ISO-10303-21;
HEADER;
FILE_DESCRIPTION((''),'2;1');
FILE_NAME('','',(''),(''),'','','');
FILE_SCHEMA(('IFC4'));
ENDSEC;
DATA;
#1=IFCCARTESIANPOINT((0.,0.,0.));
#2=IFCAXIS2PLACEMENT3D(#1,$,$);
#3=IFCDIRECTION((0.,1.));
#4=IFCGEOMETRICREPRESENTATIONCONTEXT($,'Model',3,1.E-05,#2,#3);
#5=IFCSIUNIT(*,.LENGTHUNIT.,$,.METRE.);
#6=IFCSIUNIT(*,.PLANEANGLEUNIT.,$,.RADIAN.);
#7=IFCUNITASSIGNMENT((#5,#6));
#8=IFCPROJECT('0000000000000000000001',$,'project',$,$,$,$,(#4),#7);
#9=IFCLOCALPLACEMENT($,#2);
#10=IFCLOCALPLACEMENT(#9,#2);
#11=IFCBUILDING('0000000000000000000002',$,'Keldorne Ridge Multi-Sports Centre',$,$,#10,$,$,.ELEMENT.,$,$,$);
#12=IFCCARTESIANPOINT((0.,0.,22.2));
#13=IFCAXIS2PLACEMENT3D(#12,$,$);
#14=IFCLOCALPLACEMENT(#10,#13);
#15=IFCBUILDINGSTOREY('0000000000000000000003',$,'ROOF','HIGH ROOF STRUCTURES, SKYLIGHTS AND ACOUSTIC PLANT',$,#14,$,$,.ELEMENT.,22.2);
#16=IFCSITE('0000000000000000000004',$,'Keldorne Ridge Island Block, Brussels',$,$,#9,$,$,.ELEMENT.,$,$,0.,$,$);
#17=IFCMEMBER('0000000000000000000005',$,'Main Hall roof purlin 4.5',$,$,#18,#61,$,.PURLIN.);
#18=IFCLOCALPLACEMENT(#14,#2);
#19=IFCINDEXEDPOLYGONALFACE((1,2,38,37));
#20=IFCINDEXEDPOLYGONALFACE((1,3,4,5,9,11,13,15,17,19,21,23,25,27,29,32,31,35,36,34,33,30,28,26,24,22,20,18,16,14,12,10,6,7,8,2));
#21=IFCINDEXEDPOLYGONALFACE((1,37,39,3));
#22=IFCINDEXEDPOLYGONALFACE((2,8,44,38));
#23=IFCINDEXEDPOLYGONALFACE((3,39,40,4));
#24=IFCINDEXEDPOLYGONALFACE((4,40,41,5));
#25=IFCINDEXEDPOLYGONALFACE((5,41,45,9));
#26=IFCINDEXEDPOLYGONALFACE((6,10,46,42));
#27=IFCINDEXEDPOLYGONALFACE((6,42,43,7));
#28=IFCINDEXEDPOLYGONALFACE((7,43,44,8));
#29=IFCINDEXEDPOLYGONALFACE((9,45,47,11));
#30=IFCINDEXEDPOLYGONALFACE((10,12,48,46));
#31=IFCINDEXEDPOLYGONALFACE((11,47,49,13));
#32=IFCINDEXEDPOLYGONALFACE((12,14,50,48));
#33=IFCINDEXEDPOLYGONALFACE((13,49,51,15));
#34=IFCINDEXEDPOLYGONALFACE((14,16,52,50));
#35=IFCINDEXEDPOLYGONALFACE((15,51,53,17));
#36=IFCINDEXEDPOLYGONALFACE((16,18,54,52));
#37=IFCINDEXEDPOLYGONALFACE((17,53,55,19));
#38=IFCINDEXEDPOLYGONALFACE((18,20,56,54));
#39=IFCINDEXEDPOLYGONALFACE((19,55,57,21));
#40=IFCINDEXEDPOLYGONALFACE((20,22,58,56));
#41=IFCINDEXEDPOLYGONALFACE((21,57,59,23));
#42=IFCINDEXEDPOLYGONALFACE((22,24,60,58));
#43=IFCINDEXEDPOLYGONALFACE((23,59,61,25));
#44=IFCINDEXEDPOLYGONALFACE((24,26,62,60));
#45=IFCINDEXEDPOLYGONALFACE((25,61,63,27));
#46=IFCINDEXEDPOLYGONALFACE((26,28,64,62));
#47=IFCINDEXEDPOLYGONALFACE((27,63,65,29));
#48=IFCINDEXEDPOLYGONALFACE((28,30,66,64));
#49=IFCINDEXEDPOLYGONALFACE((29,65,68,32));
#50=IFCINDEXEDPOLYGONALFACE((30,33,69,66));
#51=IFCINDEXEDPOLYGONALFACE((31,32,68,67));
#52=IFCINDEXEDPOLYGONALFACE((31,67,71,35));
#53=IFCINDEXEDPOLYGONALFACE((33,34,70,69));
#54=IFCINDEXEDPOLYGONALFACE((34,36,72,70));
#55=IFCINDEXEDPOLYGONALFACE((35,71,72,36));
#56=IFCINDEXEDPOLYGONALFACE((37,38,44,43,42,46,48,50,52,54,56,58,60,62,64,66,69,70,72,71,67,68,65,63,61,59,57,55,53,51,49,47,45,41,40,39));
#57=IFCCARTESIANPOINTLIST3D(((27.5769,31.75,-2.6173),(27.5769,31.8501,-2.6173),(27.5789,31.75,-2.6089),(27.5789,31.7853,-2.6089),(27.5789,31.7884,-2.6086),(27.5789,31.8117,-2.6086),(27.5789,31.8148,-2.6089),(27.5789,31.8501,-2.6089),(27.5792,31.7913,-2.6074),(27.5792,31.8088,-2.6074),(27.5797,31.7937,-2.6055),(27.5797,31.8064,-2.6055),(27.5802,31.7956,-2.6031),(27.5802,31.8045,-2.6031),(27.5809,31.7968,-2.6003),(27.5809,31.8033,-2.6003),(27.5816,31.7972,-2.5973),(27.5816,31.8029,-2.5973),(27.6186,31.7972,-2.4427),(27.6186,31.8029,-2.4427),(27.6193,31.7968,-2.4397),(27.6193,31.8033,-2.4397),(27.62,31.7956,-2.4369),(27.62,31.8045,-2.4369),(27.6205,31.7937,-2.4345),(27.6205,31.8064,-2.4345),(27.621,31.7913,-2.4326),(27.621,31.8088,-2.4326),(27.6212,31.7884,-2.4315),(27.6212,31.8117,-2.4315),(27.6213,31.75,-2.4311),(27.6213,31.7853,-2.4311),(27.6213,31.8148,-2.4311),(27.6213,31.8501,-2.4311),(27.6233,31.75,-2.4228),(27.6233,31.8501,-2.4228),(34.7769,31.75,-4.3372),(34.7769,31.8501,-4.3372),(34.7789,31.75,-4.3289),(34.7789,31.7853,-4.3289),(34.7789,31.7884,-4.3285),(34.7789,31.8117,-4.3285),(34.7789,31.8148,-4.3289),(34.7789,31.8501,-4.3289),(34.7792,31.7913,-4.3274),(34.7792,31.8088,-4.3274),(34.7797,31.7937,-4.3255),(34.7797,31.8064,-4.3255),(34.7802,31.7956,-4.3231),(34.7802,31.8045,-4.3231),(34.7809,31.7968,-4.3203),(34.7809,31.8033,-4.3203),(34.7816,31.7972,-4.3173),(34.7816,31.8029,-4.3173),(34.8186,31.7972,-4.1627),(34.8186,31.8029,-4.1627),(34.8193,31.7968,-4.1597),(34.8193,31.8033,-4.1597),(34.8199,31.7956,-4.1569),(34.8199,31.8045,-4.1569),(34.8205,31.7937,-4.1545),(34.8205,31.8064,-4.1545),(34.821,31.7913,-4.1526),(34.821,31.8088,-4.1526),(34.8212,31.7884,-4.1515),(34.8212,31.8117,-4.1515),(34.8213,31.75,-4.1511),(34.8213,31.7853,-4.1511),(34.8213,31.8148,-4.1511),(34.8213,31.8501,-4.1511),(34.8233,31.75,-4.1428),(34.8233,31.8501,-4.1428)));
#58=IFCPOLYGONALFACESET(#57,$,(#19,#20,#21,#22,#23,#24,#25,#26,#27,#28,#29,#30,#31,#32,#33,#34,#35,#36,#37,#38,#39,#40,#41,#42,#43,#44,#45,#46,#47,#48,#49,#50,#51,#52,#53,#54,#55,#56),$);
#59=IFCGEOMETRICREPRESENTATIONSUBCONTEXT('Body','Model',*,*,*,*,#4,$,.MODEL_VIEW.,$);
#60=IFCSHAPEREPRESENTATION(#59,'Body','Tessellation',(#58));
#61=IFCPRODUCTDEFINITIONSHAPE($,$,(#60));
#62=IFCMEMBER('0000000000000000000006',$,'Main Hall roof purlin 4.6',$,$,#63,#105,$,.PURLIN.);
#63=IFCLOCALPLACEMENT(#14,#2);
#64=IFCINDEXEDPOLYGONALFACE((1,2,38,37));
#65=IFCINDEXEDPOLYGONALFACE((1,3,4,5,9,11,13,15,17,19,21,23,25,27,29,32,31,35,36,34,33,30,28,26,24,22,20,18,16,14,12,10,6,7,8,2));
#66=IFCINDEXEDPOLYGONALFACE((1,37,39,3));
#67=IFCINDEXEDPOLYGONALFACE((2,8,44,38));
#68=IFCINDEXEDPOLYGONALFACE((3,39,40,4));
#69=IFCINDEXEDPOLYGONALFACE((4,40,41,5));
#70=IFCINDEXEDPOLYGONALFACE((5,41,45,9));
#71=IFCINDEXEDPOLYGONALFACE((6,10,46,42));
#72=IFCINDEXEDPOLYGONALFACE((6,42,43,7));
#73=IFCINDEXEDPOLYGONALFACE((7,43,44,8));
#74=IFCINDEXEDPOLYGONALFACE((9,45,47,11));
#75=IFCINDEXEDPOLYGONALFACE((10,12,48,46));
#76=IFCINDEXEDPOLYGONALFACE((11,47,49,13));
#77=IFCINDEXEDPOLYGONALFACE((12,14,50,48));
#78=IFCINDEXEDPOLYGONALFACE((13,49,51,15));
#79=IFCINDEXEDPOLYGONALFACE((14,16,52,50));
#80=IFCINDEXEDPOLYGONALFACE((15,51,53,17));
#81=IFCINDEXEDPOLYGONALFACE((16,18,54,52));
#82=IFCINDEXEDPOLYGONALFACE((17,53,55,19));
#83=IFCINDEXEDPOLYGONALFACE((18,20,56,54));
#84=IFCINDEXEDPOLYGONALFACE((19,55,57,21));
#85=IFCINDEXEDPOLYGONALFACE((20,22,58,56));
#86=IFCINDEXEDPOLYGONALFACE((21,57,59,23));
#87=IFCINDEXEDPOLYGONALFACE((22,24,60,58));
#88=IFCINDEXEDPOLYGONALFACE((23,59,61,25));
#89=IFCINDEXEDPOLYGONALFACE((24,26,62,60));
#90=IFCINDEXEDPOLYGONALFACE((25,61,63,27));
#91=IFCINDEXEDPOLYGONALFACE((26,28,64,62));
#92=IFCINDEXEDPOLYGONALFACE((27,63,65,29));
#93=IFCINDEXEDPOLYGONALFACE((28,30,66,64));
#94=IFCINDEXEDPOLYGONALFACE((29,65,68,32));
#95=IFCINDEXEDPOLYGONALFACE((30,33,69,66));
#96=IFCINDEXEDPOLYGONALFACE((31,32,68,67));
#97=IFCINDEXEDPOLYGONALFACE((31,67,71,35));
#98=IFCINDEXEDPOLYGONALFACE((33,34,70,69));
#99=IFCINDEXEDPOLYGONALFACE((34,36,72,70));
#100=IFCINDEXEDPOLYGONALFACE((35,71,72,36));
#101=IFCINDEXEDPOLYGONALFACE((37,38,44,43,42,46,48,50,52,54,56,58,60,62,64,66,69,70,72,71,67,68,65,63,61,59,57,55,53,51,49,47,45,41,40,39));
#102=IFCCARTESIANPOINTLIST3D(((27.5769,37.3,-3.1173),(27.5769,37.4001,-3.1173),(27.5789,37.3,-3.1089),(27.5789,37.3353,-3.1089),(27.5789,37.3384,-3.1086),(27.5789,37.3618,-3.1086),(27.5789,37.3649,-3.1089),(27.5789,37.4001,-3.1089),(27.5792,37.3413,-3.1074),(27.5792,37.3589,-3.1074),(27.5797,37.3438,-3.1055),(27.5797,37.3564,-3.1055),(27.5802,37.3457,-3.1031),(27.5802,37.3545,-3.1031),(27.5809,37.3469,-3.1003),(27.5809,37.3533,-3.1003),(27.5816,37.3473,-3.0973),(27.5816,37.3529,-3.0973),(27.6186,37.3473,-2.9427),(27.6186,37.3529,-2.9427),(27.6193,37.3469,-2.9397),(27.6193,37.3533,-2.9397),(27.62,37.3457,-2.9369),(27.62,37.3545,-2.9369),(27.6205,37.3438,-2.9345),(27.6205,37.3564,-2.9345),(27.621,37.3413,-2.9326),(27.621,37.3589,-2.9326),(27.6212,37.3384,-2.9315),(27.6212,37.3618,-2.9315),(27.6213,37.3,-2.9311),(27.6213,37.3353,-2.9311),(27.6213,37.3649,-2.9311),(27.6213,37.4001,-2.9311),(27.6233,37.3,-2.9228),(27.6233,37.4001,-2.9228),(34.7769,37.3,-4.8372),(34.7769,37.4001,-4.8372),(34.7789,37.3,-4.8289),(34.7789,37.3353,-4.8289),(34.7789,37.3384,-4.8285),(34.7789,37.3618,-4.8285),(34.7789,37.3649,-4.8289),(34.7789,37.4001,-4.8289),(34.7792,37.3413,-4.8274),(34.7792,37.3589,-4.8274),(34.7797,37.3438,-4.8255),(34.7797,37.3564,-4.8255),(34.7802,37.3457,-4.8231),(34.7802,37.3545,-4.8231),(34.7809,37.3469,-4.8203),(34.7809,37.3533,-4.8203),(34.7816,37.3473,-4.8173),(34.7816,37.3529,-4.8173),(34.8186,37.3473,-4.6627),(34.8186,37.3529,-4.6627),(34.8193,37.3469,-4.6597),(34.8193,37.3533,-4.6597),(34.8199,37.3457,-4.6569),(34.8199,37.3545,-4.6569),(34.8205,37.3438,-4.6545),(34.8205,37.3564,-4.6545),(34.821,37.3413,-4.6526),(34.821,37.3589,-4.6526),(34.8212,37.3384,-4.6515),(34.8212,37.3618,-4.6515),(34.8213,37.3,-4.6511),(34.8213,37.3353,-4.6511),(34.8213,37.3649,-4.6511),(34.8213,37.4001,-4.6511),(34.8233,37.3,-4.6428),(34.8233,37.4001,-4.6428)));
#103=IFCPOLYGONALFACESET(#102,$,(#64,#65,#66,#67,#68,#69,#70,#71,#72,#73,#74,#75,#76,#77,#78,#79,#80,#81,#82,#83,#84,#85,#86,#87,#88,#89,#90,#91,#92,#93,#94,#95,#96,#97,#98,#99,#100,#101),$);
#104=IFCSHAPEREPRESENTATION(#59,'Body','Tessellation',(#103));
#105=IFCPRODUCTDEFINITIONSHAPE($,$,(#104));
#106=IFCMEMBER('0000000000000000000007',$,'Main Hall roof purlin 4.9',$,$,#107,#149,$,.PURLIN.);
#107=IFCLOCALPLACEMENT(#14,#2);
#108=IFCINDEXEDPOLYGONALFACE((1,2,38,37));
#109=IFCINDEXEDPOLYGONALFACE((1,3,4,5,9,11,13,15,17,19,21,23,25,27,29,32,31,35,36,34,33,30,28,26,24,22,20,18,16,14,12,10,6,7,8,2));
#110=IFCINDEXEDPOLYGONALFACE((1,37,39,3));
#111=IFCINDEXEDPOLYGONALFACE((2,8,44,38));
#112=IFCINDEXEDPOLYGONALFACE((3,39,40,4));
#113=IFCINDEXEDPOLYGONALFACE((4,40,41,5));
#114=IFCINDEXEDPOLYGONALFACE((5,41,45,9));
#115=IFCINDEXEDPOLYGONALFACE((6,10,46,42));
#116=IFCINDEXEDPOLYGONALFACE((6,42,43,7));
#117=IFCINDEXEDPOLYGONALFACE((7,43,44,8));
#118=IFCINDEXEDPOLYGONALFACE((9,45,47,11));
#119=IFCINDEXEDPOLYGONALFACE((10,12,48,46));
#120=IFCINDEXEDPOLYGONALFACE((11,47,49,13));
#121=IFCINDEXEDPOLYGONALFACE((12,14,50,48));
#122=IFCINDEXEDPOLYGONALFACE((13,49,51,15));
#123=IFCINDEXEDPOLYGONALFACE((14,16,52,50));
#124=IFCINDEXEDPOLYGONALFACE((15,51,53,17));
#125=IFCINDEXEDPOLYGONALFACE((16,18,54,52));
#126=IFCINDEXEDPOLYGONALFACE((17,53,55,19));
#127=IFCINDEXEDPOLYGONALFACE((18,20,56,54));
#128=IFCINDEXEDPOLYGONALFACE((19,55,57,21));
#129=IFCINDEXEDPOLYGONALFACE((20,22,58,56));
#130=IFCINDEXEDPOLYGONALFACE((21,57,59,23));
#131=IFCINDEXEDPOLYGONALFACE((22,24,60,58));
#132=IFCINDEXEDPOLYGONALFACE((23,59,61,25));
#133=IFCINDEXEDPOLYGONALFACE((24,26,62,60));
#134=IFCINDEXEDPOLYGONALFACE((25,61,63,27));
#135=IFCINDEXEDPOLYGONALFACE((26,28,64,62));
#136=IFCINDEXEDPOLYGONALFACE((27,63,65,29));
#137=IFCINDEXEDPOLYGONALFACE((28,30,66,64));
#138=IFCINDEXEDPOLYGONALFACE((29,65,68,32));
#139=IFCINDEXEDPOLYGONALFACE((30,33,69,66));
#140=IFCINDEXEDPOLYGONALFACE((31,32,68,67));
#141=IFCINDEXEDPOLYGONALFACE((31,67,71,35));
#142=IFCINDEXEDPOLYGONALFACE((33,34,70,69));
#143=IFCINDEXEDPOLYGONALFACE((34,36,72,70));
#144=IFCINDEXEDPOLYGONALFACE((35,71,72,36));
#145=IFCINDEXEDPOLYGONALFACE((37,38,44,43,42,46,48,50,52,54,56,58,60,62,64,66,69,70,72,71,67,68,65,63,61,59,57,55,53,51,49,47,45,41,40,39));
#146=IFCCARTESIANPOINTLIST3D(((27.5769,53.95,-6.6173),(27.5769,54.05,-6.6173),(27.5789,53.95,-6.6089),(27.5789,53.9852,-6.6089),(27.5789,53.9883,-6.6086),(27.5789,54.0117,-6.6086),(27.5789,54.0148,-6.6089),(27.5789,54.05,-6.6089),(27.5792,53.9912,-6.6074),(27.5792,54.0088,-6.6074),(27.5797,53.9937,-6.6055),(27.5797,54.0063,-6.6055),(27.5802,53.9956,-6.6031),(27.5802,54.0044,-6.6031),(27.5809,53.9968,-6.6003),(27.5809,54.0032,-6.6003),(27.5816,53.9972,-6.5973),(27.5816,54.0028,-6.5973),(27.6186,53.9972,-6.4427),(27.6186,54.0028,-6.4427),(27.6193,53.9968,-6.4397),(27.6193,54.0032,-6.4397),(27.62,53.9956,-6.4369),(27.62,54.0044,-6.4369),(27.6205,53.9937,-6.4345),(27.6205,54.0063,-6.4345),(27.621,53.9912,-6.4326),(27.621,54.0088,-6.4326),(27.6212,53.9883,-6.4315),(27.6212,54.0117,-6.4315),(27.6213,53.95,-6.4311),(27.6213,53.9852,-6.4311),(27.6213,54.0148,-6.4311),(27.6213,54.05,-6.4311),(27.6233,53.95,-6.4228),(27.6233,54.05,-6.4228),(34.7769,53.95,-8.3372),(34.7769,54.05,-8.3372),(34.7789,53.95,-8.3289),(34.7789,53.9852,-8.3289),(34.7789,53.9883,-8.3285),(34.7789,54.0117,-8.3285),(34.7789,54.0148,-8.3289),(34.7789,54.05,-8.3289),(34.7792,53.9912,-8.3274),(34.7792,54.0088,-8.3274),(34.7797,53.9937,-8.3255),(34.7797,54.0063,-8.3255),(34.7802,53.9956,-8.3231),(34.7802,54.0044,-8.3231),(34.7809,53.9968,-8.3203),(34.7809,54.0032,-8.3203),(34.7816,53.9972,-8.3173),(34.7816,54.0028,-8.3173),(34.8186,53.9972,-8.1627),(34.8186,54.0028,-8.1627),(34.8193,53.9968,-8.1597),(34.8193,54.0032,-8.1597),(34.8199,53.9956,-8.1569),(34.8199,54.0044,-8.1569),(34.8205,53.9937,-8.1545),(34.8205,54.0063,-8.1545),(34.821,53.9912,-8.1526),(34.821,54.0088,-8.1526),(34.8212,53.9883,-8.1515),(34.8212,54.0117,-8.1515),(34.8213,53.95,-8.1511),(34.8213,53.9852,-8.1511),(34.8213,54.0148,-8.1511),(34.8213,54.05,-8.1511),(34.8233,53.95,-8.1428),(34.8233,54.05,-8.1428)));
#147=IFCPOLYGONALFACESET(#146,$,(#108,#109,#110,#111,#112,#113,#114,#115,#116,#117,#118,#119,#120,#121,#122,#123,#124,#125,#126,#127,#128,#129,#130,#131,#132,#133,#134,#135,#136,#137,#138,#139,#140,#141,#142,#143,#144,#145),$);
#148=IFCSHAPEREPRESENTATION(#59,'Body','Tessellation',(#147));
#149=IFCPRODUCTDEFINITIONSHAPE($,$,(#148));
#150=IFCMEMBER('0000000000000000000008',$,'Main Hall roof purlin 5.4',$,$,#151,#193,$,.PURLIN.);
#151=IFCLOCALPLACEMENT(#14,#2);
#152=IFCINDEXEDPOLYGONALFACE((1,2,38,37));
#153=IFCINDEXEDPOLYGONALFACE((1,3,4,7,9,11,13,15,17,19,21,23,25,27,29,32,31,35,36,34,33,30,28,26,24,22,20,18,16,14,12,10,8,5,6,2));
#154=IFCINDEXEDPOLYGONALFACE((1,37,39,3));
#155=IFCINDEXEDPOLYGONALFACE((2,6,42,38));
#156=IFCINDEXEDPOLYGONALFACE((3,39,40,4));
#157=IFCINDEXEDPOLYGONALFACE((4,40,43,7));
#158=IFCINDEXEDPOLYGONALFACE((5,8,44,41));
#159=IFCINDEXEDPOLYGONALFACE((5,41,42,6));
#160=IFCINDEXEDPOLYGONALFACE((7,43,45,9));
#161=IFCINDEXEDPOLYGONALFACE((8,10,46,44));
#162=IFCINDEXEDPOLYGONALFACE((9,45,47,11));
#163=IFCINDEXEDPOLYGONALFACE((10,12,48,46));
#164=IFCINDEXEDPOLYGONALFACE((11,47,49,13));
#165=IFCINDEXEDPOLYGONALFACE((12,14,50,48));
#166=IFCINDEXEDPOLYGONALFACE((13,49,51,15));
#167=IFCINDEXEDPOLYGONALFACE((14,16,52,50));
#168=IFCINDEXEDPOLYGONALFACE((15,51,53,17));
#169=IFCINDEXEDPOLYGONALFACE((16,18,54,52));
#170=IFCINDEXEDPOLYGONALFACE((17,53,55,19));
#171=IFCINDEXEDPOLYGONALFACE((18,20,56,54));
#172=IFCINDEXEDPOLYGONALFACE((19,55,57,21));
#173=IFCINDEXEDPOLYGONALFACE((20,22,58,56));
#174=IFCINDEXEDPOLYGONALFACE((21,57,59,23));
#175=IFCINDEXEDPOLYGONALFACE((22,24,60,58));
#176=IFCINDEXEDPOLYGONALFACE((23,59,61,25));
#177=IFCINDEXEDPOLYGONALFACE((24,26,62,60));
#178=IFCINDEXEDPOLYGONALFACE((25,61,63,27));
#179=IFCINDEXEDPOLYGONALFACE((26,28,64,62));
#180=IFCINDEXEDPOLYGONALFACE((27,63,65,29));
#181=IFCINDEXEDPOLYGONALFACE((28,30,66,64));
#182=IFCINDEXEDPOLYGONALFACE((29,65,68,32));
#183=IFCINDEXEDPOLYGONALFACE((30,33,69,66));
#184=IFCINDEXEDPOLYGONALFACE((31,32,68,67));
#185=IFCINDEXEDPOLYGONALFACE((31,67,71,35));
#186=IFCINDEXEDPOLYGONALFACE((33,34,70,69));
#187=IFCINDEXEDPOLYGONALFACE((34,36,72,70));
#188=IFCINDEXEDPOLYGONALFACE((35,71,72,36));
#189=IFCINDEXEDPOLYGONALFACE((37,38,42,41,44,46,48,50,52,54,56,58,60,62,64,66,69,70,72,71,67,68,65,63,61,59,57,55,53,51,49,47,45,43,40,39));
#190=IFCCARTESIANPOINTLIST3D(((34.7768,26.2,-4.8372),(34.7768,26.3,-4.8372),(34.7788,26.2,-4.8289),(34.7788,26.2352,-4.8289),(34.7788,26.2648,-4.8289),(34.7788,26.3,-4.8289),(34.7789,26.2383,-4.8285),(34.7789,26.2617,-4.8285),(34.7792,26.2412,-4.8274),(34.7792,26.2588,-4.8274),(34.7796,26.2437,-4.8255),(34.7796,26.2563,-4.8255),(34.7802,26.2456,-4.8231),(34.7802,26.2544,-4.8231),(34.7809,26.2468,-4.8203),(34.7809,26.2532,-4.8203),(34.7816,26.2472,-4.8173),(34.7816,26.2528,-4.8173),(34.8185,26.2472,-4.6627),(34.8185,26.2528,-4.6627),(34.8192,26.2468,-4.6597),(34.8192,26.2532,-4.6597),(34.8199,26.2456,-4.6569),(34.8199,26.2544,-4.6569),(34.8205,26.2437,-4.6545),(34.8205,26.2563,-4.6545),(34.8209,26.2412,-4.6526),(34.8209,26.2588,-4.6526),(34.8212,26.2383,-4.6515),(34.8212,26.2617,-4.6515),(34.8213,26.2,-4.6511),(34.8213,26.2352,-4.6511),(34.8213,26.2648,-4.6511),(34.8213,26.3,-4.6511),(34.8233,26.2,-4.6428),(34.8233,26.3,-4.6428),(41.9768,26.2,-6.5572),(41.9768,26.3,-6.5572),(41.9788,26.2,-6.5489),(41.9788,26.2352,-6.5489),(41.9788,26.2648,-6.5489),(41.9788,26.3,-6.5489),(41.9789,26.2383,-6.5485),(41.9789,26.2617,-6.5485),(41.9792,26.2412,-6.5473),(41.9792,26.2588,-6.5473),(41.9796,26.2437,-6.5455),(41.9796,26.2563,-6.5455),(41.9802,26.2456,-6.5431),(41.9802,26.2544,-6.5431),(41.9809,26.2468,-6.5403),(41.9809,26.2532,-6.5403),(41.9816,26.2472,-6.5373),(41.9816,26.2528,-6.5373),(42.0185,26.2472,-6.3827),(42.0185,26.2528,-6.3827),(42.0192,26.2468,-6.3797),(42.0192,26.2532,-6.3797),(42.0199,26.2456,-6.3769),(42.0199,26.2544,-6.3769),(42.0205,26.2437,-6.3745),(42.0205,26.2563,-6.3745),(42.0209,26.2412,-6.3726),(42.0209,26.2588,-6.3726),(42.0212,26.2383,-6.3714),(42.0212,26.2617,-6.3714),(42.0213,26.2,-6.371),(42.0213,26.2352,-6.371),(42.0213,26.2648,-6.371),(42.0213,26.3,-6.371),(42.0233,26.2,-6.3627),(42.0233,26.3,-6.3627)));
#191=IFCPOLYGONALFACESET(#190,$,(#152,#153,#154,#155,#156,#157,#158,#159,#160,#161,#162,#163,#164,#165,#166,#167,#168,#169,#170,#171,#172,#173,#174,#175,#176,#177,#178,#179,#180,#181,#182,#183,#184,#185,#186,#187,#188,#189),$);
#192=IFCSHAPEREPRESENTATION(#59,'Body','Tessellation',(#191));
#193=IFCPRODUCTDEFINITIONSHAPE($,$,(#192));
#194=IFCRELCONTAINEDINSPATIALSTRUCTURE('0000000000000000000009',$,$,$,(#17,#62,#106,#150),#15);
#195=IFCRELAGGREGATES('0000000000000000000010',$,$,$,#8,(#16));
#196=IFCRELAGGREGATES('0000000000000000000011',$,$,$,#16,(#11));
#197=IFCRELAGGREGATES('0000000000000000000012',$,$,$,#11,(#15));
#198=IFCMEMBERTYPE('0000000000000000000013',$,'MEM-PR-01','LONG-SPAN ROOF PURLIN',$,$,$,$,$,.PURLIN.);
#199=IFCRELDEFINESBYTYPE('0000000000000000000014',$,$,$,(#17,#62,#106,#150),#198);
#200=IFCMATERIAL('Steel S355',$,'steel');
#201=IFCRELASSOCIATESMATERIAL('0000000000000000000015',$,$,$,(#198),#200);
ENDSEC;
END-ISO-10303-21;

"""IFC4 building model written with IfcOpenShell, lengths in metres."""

from ifc_helpers import new_model, si_unit, direction, frame, origin, origin_2d, place, context, subcontext, project, spatial, i_section, extrude, material, material_profile, profile_set, type_object, element, save


model = new_model("IFC4")

# Units and contexts
model_context = context("Model", 3, precision=1e-05, world=origin(), true_north=direction((0.0, 1.0)))
body_context = subcontext(model_context, "Body", "Model", "MODEL_VIEW")
ifc_project = project(units=[si_unit("LENGTHUNIT", "METRE"), si_unit("PLANEANGLEUNIT", "RADIAN")], contexts=[model_context])

# Site, building, storey
site_placement = place(None, origin())
site = spatial("IfcSite", under=ifc_project, at=site_placement, Name="Keldorne Ridge Island Block, Brussels", CompositionType="ELEMENT", RefElevation=0.0)
building_placement = place(site_placement, origin())
building = spatial("IfcBuilding", under=site, at=building_placement, Name="Keldorne Ridge Multi-Sports Centre", CompositionType="ELEMENT")
storey_placement = place(building_placement, frame((0.0, 0.0, 22.2)))
storey = spatial("IfcBuildingStorey", under=building, at=storey_placement, Name="ROOF", Description="HIGH ROOF STRUCTURES, SKYLIGHTS AND ACOUSTIC PLANT", CompositionType="ELEMENT", Elevation=22.2)

# Members
ifc_material = material(Name="Steel S355", Category="steel")
ifc_material_profile_1 = material_profile(ifc_material, i_section(OverallWidth=0.1001, OverallDepth=0.2, WebThickness=0.0056, FlangeThickness=0.0085, FilletRadius=0.012, at=origin_2d()), Name="IPE 200")
ifc_profile_set_1 = profile_set([ifc_material_profile_1], Name="Steel S355")
member_type_1 = type_object("IfcMemberType", Name="MEM-PR-01", Description="LONG-SPAN ROOF PURLIN", PredefinedType="PURLIN", material=ifc_profile_set_1)
for number, where, z_axis, x_axis, name in (
    (1, (27.6001, 31.8, -2.52), (0.972633, 0.0, -0.232349), (0.0, 1.0, 0.0), "Main Hall roof purlin 4.5"),
    (2, (27.6001, 37.3501, -3.02), (0.972633, 0.0, -0.232349), (0.0, 1.0, 0.0), "Main Hall roof purlin 4.6"),
    (3, (27.6001, 54.0, -6.52), (0.972633, 0.0, -0.232349), (0.0, 1.0, 0.0), "Main Hall roof purlin 4.9"),
    (4, (34.8, 26.25, -4.74), (0.972633, 0.0, -0.232349), (0.0, 1.0, 0.0), "Main Hall roof purlin 5.4"),
):
    element("IfcMember", number, at=place(storey_placement, frame(where, z_axis=z_axis, x_axis=x_axis)), inside=storey, type_object=member_type_1, Name=name, PredefinedType="PURLIN", context=body_context, shape_type="SweptSolid", body=[
        extrude(i_section(OverallWidth=0.1001, OverallDepth=0.2, WebThickness=0.0056, FlangeThickness=0.0085, FilletRadius=0.012, at=origin_2d()), origin(), (0.0, 0.0, 1.0), 7.4026),
    ])

save(model, "model.ifc")
